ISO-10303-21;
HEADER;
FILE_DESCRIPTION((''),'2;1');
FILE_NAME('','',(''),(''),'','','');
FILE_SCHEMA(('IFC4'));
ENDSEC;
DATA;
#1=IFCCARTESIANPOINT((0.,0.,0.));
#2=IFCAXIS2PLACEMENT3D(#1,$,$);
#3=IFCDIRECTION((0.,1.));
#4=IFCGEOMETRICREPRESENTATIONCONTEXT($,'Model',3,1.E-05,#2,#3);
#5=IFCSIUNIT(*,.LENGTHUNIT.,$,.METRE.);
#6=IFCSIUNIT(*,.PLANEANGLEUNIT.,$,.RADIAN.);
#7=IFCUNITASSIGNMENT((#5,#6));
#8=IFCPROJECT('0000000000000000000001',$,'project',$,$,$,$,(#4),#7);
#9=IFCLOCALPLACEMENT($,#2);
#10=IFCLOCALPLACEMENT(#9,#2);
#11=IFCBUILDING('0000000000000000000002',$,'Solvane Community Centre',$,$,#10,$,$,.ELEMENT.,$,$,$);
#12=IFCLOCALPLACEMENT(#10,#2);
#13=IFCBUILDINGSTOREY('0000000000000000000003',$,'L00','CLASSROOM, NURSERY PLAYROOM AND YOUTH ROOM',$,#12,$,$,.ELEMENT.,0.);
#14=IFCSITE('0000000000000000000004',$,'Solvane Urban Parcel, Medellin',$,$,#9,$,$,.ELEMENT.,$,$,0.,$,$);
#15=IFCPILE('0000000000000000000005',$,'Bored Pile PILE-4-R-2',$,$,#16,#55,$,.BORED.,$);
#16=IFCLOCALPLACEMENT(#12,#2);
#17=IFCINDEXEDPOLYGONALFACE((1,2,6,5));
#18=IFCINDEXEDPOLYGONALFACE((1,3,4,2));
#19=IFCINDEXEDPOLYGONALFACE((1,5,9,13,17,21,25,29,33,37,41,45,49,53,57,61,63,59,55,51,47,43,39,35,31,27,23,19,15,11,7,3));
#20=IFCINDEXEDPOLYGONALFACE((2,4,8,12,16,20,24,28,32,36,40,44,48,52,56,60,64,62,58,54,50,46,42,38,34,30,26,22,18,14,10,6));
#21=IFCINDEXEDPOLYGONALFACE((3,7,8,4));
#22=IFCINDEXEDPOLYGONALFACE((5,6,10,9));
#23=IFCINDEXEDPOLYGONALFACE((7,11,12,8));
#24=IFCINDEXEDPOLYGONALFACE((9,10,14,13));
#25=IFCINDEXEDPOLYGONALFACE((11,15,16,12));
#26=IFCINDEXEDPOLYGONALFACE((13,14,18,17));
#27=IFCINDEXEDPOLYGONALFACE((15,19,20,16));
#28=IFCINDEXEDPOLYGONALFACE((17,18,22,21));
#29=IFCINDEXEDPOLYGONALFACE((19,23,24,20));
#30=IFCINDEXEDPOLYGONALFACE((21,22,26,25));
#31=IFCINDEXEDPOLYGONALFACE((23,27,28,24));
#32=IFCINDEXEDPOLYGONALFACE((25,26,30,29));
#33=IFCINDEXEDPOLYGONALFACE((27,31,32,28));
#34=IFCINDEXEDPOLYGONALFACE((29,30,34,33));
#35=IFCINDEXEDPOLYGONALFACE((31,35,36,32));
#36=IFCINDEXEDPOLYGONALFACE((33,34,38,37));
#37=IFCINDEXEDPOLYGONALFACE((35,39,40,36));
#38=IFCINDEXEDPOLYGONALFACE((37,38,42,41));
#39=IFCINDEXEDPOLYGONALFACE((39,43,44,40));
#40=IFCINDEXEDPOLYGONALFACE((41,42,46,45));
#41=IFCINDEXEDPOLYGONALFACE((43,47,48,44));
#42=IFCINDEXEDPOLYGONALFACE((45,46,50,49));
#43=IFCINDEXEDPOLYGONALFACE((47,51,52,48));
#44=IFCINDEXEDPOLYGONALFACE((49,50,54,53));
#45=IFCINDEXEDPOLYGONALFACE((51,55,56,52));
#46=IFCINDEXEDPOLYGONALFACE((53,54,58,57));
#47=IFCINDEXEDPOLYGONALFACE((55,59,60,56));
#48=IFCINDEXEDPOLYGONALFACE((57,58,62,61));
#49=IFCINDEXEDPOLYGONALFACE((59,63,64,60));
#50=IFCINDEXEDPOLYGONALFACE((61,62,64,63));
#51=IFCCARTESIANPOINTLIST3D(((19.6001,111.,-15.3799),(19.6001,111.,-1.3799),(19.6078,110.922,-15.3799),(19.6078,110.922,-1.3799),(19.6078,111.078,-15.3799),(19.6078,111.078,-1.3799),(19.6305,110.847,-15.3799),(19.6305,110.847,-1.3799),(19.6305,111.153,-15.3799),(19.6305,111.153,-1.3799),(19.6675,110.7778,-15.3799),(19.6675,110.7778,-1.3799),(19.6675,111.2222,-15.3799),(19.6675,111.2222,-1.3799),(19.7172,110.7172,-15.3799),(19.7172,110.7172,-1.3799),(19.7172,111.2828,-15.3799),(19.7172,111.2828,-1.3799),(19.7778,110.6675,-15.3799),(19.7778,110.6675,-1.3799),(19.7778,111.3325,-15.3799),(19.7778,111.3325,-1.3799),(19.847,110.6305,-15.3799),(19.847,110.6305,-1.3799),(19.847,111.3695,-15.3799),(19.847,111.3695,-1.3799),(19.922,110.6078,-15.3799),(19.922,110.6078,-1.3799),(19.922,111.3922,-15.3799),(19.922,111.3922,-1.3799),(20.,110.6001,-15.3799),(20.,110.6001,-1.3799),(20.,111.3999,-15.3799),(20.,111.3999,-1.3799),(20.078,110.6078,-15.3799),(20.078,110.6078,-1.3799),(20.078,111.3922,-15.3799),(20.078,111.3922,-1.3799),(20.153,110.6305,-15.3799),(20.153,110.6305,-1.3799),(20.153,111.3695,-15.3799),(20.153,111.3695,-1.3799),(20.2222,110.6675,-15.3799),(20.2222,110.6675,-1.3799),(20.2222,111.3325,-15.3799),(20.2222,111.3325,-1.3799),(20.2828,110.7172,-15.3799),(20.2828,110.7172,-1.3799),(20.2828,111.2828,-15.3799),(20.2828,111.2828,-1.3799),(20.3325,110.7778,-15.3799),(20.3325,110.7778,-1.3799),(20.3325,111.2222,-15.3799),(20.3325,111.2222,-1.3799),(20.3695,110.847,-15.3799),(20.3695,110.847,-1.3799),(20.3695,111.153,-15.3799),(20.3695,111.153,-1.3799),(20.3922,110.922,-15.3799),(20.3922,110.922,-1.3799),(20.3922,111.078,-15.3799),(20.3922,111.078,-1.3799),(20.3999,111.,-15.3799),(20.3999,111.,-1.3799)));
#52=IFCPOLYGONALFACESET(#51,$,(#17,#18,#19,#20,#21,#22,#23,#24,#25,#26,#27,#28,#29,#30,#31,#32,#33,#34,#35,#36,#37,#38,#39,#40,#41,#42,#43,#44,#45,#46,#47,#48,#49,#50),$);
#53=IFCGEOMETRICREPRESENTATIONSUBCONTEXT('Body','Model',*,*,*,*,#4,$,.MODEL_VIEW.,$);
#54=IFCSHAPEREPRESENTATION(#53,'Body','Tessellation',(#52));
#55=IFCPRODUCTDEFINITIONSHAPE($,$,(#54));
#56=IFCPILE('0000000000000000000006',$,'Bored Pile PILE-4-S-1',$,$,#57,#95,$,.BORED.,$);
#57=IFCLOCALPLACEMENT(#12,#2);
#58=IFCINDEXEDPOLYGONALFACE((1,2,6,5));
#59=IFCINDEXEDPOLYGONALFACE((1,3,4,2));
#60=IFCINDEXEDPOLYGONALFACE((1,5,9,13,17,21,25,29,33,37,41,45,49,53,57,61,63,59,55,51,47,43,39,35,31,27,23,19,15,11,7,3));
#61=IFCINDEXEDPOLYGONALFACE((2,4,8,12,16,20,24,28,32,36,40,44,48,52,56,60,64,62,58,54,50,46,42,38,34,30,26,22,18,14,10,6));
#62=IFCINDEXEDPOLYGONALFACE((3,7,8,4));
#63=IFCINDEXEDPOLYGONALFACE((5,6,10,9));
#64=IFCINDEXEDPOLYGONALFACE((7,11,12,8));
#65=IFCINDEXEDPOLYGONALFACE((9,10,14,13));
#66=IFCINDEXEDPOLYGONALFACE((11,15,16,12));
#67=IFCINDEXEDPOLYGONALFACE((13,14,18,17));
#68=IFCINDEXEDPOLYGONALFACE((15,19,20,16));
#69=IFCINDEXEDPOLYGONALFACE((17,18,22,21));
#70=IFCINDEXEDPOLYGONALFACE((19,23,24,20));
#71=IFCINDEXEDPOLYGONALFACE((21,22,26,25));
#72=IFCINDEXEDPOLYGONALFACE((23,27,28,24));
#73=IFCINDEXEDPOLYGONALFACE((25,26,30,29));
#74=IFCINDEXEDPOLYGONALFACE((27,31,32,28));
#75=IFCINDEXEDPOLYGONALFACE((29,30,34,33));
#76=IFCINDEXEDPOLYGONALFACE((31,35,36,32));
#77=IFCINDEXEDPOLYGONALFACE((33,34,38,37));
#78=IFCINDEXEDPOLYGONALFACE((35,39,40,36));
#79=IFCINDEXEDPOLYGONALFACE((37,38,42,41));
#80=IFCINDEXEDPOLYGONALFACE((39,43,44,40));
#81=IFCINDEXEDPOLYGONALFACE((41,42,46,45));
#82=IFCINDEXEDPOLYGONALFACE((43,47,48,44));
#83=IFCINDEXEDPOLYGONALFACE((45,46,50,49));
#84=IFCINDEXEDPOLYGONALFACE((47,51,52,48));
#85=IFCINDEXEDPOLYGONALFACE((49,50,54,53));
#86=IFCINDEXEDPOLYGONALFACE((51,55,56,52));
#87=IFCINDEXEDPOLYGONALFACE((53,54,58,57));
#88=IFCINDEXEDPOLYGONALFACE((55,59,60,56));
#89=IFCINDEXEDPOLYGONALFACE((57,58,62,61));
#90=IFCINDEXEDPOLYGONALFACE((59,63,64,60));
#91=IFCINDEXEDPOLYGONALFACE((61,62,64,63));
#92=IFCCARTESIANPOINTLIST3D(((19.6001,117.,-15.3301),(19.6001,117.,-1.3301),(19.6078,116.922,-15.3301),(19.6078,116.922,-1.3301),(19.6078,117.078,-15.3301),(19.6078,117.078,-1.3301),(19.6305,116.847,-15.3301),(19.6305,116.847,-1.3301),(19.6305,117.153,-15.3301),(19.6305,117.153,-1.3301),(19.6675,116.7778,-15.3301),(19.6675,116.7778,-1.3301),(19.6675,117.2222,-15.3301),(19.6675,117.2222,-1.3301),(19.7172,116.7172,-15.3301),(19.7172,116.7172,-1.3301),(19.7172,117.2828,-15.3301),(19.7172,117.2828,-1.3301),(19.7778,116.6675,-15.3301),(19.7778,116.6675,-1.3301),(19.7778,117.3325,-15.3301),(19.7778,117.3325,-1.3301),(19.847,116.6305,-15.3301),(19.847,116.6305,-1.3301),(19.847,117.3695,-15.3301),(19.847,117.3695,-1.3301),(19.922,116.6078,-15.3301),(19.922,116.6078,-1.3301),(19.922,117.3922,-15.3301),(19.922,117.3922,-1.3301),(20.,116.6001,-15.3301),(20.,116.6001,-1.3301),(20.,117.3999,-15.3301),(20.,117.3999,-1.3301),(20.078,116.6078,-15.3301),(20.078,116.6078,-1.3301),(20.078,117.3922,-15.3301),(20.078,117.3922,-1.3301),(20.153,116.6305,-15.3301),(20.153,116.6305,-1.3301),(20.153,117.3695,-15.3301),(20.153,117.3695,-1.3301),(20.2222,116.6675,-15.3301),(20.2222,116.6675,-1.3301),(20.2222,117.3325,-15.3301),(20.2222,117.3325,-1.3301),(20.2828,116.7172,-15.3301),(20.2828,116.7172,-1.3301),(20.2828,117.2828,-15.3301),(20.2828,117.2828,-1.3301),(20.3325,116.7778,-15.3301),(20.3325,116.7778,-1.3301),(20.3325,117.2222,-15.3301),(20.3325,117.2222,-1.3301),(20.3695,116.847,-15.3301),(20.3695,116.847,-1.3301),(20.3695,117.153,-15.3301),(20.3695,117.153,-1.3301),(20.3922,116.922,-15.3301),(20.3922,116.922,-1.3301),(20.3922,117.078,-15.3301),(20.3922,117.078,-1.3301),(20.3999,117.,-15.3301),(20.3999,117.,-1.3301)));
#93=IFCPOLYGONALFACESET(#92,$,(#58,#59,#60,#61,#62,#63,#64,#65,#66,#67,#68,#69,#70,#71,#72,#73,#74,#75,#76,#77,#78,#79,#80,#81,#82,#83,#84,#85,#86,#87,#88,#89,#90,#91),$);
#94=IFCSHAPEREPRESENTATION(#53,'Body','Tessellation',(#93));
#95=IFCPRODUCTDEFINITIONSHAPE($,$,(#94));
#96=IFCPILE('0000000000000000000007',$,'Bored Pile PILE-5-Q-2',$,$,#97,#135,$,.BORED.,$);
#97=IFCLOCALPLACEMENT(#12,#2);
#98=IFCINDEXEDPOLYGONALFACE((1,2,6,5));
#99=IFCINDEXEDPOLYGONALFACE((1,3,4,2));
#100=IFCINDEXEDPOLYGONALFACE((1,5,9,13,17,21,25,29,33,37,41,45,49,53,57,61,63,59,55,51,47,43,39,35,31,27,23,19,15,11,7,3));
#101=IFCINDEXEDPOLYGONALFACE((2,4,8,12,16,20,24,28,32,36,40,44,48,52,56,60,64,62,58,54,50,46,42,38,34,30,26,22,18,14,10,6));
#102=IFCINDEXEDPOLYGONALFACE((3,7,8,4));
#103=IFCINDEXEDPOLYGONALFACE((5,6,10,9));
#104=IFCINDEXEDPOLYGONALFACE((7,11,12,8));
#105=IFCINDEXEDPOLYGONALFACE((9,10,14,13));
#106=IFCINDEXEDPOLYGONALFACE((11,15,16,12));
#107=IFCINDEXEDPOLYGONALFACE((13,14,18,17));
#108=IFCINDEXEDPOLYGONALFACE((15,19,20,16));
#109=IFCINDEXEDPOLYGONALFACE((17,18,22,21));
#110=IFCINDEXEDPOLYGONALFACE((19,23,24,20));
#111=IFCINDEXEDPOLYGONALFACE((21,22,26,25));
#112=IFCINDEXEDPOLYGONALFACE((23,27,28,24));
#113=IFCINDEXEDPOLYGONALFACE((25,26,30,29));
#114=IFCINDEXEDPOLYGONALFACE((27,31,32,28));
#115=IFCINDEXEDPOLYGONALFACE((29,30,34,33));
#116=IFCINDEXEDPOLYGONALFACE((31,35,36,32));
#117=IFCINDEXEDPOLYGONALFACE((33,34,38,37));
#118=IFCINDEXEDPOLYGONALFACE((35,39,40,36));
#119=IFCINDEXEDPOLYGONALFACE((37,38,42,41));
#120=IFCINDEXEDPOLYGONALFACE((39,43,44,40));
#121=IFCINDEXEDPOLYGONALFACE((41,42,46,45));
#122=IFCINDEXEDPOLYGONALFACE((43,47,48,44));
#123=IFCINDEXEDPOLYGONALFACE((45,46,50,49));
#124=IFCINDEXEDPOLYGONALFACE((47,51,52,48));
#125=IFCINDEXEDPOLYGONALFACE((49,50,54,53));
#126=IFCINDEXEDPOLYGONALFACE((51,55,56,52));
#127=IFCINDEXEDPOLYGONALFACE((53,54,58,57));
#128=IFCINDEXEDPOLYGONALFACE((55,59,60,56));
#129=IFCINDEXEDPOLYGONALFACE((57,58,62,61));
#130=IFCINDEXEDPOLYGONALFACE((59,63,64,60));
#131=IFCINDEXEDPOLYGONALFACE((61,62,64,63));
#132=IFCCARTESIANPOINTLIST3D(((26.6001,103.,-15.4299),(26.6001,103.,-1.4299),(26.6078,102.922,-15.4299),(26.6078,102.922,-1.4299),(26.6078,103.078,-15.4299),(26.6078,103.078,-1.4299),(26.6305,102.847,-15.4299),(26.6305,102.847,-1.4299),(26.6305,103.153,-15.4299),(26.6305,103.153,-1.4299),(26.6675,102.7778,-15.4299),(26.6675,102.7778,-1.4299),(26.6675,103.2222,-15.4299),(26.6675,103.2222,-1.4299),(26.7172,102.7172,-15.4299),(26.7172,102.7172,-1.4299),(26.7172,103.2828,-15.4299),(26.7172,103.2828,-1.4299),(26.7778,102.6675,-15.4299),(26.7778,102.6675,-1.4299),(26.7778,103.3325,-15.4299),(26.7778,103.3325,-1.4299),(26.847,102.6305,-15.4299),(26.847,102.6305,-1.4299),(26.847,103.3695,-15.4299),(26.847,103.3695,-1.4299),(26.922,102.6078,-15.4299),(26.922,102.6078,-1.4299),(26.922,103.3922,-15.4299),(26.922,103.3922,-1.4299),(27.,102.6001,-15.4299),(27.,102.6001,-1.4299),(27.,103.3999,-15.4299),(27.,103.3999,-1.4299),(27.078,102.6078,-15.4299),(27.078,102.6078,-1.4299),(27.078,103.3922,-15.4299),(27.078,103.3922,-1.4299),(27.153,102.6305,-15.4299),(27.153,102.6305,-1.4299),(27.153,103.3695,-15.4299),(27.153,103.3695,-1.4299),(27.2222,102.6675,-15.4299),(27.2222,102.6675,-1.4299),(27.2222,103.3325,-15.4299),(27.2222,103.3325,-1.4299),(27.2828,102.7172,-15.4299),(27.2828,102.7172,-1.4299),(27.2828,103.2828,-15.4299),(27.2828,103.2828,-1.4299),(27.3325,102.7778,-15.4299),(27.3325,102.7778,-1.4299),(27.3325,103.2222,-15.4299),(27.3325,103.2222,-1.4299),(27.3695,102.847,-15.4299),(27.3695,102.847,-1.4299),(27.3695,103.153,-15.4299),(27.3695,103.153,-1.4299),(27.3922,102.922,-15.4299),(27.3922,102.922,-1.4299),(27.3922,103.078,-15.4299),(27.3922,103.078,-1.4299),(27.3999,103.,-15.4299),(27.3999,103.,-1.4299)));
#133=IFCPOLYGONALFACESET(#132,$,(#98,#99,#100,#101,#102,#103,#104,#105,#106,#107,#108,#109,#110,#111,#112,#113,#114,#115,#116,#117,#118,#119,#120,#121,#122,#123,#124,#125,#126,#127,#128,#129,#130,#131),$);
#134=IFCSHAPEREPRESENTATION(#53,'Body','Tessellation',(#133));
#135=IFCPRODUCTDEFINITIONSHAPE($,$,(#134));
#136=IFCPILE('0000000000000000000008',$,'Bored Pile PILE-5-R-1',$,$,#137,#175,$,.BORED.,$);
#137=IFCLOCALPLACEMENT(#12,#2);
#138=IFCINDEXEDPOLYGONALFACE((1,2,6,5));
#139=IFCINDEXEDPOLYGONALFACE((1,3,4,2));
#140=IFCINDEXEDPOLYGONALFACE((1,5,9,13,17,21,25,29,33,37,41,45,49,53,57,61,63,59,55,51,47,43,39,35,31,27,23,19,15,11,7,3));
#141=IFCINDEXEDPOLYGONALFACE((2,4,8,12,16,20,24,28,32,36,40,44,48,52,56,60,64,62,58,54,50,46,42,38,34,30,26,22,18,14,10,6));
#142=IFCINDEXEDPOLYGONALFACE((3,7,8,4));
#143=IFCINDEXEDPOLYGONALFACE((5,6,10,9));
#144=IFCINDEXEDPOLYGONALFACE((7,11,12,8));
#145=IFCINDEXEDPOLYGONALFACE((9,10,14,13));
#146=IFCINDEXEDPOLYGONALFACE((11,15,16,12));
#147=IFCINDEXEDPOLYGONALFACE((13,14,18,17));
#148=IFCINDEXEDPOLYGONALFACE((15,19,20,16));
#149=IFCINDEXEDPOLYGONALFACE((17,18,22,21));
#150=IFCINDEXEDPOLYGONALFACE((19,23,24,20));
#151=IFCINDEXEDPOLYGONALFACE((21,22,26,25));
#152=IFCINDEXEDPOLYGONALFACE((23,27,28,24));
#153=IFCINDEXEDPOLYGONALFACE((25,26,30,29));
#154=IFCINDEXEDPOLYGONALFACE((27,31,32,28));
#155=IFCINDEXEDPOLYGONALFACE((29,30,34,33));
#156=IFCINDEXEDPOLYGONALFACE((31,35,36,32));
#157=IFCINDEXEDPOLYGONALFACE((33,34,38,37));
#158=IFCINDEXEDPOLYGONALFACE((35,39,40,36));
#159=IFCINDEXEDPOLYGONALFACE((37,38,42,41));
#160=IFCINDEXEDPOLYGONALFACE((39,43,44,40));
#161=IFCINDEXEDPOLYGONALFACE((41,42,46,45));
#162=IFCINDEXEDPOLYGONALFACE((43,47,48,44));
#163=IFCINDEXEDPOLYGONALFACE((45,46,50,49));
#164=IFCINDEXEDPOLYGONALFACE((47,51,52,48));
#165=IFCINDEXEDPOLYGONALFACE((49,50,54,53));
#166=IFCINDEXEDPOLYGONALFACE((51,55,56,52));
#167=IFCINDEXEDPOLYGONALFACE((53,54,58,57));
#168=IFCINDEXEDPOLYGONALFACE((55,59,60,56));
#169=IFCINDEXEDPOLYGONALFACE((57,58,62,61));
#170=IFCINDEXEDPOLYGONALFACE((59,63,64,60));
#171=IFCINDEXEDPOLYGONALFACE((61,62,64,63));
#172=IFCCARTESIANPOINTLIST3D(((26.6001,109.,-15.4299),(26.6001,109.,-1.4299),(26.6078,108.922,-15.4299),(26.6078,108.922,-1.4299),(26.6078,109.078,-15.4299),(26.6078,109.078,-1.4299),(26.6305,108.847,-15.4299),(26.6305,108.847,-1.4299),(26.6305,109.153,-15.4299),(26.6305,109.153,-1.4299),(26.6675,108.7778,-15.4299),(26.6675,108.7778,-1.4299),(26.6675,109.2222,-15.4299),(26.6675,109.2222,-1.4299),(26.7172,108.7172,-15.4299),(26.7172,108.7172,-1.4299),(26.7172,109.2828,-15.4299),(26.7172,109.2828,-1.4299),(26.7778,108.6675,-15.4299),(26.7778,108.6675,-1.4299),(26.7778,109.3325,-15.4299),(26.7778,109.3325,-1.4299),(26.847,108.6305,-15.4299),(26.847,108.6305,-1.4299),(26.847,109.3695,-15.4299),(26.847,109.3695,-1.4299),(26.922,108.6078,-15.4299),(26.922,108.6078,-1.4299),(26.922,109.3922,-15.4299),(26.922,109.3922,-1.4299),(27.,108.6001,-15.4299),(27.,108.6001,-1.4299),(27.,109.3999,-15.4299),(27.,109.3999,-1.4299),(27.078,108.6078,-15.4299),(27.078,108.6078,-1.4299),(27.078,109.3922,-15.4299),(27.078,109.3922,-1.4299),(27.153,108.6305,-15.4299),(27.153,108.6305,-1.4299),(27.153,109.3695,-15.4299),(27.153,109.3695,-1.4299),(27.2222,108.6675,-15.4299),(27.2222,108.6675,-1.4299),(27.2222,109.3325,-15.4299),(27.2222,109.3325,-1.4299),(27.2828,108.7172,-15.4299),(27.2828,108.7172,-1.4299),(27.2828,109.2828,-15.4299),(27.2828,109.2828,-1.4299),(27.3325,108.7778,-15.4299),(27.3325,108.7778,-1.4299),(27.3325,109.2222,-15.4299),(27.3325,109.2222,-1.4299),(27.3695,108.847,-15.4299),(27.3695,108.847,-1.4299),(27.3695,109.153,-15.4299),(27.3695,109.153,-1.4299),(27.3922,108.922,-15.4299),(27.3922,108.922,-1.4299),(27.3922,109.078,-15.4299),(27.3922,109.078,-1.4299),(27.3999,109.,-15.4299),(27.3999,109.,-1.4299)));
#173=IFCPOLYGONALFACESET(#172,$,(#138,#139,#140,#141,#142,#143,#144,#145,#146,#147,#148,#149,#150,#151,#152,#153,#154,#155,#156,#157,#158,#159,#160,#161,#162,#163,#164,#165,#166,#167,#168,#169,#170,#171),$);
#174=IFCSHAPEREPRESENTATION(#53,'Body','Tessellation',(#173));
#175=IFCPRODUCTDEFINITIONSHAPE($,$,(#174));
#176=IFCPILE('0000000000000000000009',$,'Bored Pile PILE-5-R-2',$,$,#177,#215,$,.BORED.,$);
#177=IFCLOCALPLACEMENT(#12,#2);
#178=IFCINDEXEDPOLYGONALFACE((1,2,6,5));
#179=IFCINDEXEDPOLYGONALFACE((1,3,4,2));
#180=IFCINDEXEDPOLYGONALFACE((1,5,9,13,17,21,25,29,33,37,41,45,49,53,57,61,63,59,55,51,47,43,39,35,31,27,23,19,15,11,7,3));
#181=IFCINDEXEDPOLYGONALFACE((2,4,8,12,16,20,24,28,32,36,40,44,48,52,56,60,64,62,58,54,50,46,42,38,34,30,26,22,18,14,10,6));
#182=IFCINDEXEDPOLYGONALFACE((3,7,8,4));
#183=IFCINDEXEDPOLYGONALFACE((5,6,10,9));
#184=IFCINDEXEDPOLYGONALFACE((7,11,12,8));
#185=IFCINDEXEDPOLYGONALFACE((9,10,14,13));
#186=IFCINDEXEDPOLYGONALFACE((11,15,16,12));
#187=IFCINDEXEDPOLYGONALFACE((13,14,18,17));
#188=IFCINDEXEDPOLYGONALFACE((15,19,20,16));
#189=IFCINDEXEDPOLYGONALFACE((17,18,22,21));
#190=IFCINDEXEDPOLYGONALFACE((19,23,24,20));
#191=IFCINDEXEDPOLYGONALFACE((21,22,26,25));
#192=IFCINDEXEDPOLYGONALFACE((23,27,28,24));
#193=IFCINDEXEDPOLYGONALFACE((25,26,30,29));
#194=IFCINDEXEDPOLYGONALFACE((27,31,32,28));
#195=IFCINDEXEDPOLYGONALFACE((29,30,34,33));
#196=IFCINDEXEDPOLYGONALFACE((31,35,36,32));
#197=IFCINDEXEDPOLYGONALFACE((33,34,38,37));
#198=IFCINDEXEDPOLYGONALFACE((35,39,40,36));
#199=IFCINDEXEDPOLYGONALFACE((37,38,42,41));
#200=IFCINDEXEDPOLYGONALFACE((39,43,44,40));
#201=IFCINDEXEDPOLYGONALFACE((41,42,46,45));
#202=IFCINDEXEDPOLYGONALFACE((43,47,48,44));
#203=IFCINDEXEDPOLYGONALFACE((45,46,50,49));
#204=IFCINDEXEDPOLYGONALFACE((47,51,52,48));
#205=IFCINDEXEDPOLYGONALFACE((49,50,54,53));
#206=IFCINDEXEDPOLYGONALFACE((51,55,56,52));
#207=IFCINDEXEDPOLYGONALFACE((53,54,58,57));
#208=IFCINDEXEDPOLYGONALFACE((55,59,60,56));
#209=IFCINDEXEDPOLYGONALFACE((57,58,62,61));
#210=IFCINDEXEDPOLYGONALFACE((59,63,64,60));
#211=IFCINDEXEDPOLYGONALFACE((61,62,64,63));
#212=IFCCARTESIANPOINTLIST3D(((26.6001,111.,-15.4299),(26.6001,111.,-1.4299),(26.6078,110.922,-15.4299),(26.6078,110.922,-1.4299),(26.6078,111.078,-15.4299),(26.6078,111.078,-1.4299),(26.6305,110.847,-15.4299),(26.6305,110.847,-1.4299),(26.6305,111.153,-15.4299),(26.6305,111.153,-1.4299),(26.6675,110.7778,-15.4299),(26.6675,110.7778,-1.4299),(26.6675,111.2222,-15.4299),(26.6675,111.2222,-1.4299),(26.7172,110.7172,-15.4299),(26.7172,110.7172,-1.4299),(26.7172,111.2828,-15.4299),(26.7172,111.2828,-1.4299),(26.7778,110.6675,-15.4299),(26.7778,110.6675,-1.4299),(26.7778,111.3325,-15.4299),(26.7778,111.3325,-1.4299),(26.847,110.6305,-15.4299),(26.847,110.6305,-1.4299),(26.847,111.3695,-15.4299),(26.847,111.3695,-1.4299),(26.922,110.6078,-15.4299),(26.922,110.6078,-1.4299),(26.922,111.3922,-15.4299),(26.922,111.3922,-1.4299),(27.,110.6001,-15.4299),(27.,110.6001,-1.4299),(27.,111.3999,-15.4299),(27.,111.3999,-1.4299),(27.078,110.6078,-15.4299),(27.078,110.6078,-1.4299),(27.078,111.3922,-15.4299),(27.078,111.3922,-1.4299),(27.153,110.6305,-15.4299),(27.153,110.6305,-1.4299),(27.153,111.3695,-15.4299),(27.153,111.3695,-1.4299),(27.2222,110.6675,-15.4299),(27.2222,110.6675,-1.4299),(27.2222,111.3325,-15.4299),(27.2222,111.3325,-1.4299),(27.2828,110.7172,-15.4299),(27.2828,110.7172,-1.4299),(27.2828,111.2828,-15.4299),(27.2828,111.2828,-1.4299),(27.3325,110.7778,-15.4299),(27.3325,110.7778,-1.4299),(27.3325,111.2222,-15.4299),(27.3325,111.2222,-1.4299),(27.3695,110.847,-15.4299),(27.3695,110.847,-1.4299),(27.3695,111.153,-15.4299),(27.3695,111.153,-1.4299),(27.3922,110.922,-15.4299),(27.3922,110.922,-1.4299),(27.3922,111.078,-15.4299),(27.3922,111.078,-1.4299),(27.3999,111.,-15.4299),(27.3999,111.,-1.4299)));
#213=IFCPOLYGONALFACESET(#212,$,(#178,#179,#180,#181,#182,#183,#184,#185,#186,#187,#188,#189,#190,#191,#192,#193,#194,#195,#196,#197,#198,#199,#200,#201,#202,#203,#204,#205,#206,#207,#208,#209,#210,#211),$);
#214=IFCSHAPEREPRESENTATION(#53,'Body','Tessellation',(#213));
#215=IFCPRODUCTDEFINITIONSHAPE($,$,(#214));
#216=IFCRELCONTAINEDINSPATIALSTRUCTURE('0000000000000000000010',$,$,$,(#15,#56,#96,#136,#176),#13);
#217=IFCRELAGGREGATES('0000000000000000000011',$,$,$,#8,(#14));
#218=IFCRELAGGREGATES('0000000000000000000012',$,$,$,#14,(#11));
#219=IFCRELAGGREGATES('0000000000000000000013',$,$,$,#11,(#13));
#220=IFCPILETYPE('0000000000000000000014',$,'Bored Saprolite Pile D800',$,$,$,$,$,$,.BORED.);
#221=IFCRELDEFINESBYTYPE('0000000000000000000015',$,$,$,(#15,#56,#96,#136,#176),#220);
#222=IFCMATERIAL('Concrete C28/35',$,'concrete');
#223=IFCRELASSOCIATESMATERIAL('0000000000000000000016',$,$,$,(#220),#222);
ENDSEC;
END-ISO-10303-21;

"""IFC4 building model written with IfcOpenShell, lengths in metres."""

from ifc_helpers import new_model, si_unit, direction, frame, origin, origin_2d, place, context, subcontext, project, spatial, circle, extrude, material, material_profile, profile_set, type_object, element, save


model = new_model("IFC4")

# Units and contexts
model_context = context("Model", 3, precision=1e-05, world=origin(), true_north=direction((0.0, 1.0)))
body_context = subcontext(model_context, "Body", "Model", "MODEL_VIEW")
ifc_project = project(units=[si_unit("LENGTHUNIT", "METRE"), si_unit("PLANEANGLEUNIT", "RADIAN")], contexts=[model_context])

# Site, building, storey
site_placement = place(None, origin())
site = spatial("IfcSite", under=ifc_project, at=site_placement, Name="Solvane Urban Parcel, Medellin", CompositionType="ELEMENT", RefElevation=0.0)
building_placement = place(site_placement, origin())
building = spatial("IfcBuilding", under=site, at=building_placement, Name="Solvane Community Centre", CompositionType="ELEMENT")
storey_placement = place(building_placement, origin())
storey = spatial("IfcBuildingStorey", under=building, at=storey_placement, Name="L00", Description="CLASSROOM, NURSERY PLAYROOM AND YOUTH ROOM", CompositionType="ELEMENT", Elevation=0.0)

# Piles
ifc_material_1 = material(Name="Concrete C28/35", Category="concrete")
ifc_material_profile_1 = material_profile(ifc_material_1, circle(Radius=0.3999, at=origin_2d()), Name="PILE D800")
ifc_profile_set_1 = profile_set([ifc_material_profile_1], Name="Concrete C28/35")
pile_type = type_object("IfcPileType", Name="Bored Saprolite Pile D800", PredefinedType="BORED", material=ifc_profile_set_1)
for number, where, z_axis, x_axis, name in (
    (1, (20.0, 111.0, -1.3799), (0.0, 0.0, -1.0), (1.0, 0.0, 0.0), "Bored Pile PILE-4-R-2"),
    (2, (20.0, 117.0, -1.3301), (0.0, 0.0, -1.0), (1.0, 0.0, 0.0), "Bored Pile PILE-4-S-1"),
    (3, (27.0, 103.0, -1.4299), (0.0, 0.0, -1.0), (1.0, 0.0, 0.0), "Bored Pile PILE-5-Q-2"),
    (4, (27.0, 109.0, -1.4299), (0.0, 0.0, -1.0), (1.0, 0.0, 0.0), "Bored Pile PILE-5-R-1"),
    (5, (27.0, 111.0, -1.4299), (0.0, 0.0, -1.0), (1.0, 0.0, 0.0), "Bored Pile PILE-5-R-2"),
):
    element("IfcPile", number, at=place(storey_placement, frame(where, z_axis=z_axis, x_axis=x_axis)), inside=storey, type_object=pile_type, Name=name, PredefinedType="BORED", context=body_context, shape_type="SweptSolid", body=[
        extrude(circle(Radius=0.3999, at=origin_2d()), origin(), (0.0, 0.0, 1.0), 14.0),
    ])

save(model, "model.ifc")
